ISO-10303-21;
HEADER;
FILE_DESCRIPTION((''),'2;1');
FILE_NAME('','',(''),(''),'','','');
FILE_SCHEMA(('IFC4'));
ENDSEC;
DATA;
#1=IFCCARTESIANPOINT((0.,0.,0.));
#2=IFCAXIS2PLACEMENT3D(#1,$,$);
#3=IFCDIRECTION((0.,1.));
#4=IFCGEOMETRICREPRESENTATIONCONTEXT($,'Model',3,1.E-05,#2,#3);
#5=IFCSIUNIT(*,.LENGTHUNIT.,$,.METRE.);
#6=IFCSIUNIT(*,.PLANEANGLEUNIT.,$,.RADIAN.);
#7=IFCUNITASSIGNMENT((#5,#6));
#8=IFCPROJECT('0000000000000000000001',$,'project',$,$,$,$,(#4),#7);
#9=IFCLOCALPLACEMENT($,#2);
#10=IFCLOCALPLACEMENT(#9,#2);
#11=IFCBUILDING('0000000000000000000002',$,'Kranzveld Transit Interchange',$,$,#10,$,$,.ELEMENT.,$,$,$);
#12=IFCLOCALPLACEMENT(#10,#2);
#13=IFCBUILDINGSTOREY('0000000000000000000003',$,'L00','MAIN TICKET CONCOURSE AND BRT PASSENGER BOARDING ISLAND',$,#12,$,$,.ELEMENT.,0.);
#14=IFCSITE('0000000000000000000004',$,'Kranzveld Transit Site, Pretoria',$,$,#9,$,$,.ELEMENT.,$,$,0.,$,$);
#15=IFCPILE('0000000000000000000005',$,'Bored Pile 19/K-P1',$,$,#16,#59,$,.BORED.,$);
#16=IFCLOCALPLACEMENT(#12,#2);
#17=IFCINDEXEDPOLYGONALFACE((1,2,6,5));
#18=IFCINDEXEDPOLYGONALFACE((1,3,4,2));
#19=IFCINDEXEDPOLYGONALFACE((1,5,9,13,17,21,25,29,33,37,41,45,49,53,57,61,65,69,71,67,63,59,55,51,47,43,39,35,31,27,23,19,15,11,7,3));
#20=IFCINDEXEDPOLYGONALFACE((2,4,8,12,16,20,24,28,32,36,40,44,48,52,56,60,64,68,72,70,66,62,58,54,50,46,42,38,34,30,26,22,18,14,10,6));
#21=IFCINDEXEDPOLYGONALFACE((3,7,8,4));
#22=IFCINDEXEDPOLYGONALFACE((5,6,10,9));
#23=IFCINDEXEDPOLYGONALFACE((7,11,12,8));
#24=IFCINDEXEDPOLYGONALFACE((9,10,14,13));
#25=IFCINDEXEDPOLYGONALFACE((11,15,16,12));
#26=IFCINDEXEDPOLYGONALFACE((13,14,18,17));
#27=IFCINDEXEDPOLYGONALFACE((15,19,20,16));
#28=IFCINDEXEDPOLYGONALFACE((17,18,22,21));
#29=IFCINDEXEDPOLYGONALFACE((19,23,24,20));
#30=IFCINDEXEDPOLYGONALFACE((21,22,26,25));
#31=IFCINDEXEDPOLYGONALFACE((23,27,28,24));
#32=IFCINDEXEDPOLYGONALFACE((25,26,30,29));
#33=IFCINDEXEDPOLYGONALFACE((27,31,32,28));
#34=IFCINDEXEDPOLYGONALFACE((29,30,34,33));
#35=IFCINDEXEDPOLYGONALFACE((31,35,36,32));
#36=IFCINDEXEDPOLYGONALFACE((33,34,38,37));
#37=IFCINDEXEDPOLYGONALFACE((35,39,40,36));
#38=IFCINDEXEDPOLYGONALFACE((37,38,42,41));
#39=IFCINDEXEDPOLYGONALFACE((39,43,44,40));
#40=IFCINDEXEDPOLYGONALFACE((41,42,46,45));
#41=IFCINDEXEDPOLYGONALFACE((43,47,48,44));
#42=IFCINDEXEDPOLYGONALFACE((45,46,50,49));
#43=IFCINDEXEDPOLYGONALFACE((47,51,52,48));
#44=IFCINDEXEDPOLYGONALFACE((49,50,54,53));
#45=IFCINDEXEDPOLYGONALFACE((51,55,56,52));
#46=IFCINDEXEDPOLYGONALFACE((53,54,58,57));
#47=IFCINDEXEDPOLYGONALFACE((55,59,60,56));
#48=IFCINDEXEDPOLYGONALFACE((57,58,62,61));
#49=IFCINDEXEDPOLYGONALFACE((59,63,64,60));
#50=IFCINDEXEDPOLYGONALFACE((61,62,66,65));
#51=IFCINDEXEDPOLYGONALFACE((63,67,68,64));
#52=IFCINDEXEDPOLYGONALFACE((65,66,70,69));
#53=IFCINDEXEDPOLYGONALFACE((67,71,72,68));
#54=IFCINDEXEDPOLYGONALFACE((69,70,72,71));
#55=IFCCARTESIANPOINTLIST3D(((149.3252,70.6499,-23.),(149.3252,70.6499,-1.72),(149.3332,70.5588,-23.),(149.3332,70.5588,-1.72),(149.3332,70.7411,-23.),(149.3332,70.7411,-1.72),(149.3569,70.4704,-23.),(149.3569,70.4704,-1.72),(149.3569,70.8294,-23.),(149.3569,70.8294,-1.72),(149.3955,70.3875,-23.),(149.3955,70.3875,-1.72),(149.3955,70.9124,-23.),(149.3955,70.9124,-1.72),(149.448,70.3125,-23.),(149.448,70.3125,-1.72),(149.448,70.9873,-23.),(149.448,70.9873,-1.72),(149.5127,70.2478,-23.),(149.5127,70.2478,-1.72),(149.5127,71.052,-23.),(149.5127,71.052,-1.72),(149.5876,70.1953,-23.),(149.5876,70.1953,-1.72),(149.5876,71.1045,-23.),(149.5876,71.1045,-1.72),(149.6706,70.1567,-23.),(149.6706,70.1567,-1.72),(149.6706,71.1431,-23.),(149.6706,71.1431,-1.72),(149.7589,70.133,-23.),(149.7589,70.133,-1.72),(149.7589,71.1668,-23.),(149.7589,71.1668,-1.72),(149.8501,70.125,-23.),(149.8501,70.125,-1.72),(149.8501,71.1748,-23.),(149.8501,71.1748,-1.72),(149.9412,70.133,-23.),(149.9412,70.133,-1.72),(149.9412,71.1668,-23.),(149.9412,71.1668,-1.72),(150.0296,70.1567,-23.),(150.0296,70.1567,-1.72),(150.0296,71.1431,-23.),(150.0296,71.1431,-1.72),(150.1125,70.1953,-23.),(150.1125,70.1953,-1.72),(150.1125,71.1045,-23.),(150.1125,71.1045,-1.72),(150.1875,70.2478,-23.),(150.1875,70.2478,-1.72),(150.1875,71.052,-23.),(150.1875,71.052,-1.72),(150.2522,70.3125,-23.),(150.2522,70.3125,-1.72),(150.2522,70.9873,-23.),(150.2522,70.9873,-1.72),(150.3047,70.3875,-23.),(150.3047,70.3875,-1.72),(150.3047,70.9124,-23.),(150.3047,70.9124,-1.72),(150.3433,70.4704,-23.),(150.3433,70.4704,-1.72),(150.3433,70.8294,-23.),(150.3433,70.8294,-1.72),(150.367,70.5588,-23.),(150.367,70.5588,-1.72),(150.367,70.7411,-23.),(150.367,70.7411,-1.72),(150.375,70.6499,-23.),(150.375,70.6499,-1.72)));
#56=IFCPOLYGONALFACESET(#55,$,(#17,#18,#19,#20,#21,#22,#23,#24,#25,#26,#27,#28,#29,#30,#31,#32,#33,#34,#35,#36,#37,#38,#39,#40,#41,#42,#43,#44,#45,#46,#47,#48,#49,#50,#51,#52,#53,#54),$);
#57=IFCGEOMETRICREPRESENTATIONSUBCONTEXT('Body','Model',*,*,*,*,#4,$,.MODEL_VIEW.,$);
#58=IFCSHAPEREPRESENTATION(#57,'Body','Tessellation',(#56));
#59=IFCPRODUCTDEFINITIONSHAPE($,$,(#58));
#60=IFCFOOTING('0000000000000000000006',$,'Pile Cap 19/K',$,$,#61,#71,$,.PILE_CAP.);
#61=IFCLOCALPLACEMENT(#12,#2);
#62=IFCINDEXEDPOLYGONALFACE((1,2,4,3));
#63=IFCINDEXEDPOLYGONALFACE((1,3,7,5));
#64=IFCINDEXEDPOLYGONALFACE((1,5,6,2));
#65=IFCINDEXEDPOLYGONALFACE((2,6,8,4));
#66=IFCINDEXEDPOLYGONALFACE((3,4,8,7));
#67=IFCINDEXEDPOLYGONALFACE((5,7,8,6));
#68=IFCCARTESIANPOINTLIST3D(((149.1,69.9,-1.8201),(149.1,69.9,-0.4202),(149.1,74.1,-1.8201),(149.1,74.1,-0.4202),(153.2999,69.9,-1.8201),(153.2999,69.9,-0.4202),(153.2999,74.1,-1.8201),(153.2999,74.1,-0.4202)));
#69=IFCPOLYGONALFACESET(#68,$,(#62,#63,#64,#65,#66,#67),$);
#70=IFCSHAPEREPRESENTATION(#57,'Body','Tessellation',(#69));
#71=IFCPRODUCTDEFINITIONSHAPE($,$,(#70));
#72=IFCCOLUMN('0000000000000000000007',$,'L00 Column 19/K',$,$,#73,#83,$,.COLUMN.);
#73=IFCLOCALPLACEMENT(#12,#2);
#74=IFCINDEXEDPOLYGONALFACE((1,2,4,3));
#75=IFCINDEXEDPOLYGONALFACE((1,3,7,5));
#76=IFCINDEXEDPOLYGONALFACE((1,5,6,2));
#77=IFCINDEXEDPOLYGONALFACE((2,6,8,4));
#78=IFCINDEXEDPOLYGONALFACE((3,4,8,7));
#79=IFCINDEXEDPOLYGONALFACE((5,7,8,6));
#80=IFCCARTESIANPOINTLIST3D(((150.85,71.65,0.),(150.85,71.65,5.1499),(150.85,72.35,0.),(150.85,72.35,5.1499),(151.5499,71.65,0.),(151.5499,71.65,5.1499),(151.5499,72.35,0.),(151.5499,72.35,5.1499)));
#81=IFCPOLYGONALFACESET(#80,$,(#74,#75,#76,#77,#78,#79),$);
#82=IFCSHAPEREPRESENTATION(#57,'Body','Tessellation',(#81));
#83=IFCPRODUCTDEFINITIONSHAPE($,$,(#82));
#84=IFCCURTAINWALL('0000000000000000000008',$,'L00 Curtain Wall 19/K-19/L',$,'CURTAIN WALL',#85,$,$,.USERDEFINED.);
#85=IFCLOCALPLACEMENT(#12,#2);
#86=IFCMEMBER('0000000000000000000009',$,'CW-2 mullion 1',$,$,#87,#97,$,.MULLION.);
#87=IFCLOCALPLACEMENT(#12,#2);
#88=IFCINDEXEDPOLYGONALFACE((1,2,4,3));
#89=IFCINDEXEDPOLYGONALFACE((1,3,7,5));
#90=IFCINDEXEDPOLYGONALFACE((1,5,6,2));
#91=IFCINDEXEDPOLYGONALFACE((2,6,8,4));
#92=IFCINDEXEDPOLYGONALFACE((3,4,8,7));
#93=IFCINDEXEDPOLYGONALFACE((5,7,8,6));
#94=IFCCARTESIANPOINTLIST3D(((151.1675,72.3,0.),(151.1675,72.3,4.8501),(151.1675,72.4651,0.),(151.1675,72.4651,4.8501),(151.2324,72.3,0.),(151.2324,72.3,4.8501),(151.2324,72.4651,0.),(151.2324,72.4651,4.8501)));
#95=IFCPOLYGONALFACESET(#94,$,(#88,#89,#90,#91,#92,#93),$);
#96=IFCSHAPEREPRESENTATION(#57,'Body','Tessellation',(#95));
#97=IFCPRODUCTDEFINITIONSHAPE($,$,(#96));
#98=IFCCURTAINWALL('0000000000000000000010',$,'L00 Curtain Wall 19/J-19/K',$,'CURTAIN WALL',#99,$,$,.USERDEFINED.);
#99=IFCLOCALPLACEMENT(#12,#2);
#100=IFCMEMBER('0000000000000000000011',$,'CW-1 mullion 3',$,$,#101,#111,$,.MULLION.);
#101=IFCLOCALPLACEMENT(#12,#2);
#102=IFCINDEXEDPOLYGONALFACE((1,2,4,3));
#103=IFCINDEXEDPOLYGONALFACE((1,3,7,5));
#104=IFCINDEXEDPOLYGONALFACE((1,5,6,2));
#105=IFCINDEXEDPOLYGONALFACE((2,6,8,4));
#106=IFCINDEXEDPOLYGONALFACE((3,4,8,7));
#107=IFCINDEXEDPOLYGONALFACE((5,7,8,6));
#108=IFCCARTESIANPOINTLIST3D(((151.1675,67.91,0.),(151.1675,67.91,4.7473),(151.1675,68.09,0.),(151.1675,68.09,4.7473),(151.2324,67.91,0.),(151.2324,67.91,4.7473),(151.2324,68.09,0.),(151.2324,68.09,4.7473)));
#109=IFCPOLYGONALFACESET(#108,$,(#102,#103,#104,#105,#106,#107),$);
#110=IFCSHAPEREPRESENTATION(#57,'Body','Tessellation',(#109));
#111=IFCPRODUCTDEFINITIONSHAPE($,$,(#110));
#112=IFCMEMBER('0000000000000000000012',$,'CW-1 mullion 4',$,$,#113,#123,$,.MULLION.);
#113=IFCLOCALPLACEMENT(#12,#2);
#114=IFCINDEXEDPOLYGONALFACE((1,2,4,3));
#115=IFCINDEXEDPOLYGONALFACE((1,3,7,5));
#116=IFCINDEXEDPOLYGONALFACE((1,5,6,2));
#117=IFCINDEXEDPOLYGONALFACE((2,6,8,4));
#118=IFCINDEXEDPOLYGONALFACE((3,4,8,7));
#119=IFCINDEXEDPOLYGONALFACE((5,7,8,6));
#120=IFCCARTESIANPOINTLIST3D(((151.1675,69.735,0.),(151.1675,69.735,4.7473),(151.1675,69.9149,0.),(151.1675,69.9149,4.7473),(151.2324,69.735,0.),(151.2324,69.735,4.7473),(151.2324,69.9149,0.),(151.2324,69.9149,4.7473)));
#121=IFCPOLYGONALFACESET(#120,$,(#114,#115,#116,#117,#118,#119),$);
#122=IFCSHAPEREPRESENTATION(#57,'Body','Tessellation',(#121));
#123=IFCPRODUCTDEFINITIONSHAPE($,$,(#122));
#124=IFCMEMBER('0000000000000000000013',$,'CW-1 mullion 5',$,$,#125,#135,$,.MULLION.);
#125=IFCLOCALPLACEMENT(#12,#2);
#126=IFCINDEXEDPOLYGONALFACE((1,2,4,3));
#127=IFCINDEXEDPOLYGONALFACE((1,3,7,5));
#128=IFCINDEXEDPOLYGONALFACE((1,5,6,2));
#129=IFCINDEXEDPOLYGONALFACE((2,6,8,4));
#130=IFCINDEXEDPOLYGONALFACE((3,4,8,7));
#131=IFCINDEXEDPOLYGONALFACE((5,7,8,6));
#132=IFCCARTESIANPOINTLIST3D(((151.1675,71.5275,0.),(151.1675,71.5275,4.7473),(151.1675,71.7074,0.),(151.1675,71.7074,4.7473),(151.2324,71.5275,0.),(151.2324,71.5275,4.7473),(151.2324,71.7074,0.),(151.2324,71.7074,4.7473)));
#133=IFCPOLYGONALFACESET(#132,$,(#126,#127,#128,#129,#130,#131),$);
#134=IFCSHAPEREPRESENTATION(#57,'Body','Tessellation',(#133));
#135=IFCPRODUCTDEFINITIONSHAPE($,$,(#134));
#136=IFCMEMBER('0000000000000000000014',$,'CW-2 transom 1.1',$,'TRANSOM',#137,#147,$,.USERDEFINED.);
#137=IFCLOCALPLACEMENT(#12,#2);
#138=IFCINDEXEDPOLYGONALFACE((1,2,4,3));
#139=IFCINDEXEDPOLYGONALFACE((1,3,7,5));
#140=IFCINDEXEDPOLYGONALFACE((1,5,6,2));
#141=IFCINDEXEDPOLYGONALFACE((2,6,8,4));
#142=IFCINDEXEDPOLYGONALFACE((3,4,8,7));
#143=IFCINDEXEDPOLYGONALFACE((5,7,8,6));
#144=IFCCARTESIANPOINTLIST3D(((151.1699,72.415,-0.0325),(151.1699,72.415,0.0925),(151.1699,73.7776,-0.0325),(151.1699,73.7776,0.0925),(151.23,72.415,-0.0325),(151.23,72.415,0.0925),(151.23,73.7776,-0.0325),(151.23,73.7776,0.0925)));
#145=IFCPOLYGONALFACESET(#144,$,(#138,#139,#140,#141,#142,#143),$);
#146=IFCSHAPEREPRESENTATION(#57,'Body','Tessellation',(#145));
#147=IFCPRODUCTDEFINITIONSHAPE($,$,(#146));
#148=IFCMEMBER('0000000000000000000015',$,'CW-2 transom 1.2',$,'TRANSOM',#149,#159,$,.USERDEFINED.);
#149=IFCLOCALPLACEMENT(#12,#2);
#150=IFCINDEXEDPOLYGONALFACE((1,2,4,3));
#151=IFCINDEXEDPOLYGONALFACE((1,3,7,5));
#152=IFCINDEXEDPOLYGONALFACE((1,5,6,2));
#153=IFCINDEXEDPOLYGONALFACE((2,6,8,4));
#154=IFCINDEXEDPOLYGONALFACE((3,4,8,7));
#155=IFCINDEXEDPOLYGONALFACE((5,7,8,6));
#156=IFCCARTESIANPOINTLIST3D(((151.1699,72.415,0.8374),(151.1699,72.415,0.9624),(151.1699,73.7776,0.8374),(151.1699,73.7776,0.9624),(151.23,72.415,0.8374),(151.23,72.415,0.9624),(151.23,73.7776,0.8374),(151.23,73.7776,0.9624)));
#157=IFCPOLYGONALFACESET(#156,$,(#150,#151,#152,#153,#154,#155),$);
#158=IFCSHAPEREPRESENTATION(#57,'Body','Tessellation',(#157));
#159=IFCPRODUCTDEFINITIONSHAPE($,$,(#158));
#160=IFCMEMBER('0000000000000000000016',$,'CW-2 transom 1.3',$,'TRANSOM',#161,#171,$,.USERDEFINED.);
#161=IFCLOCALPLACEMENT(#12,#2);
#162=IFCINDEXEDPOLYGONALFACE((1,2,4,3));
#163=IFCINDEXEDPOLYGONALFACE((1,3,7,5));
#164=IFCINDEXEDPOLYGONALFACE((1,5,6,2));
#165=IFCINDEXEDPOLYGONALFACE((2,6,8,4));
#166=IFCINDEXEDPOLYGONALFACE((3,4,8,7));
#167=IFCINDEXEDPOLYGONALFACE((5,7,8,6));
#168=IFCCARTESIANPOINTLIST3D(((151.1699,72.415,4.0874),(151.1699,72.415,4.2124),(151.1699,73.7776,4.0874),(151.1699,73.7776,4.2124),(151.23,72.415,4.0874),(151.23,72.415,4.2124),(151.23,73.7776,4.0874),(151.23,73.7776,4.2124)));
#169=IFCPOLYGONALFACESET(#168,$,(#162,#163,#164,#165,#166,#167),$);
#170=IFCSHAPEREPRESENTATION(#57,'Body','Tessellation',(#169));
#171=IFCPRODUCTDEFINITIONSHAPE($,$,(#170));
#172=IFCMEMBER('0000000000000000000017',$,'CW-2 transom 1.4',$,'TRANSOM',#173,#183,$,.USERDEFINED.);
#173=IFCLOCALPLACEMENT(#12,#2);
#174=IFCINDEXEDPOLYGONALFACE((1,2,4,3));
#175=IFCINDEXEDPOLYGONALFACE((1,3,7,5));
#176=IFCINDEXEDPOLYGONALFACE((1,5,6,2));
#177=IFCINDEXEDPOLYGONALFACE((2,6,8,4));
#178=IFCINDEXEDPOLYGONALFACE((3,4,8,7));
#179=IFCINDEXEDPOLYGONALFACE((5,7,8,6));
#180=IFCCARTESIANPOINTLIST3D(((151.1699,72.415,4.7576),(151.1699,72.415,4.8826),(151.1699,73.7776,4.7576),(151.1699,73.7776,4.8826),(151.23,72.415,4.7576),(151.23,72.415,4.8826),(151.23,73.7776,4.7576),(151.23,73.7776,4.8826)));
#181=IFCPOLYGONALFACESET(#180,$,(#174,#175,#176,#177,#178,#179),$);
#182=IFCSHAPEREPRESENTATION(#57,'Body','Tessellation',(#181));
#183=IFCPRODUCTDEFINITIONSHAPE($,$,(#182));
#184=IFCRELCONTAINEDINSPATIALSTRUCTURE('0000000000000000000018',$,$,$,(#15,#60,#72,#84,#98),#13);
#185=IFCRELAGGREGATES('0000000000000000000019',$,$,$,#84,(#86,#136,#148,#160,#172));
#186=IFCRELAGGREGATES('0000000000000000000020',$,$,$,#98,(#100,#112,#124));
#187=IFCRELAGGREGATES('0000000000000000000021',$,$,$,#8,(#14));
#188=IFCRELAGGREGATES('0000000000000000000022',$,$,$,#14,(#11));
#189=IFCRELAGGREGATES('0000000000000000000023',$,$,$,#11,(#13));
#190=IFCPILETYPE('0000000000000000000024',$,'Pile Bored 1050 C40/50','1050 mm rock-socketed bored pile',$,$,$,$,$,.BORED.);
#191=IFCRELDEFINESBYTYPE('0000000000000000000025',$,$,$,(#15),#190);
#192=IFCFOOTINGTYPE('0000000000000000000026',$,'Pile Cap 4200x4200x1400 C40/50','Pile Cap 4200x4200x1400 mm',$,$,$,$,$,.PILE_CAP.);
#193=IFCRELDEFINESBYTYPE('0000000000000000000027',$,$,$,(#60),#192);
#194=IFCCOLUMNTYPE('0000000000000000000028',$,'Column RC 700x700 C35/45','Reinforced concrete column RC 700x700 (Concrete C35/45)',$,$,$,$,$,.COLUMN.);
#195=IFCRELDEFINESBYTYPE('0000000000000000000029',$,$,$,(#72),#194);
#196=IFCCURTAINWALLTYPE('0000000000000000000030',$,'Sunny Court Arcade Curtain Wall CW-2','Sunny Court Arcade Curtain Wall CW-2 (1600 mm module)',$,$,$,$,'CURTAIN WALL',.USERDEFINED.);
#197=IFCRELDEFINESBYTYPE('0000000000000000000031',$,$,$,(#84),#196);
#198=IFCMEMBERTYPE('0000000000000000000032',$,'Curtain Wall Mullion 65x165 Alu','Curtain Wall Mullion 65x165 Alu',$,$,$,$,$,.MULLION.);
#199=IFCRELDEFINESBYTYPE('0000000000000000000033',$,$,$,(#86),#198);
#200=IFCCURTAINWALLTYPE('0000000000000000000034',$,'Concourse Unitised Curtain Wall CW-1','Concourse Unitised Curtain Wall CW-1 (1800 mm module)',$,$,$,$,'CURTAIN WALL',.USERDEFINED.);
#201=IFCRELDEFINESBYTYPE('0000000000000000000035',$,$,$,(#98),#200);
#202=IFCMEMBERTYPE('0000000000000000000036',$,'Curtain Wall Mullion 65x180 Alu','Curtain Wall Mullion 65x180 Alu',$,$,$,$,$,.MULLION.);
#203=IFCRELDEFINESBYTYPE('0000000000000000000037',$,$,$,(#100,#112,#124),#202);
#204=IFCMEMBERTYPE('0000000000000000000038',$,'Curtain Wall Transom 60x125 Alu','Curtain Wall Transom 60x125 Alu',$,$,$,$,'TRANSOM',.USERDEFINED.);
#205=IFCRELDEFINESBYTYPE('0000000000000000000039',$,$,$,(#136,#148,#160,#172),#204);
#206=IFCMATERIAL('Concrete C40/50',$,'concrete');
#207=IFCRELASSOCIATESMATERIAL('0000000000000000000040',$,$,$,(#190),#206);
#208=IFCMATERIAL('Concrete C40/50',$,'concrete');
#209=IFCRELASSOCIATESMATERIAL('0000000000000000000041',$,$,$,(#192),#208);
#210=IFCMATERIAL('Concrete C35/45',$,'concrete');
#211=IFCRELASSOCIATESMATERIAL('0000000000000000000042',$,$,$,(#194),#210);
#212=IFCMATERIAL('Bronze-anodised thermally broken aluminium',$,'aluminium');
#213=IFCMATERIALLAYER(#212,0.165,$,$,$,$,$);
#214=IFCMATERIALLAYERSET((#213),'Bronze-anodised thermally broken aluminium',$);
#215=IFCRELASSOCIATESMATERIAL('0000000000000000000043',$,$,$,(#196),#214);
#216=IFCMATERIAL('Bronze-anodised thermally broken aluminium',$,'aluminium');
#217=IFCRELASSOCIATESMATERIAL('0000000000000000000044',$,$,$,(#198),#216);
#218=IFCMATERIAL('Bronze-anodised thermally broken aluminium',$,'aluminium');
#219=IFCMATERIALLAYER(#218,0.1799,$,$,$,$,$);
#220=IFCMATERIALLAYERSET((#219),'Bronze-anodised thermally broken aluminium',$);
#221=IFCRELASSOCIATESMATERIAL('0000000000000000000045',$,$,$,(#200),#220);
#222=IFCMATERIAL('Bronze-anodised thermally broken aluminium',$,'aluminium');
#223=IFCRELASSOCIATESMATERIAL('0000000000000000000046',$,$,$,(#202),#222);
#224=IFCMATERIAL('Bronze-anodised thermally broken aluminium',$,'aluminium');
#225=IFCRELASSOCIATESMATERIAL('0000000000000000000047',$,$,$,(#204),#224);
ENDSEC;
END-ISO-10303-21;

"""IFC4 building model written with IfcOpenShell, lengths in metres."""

from ifc_helpers import new_model, si_unit, direction, frame, origin, origin_2d, place, context, subcontext, project, spatial, rectangle, circle, extrude, material, layer, layer_set, material_profile, profile_set, type_object, element, aggregate, save


model = new_model("IFC4")

# Units and contexts
model_context = context("Model", 3, precision=1e-05, world=origin(), true_north=direction((0.0, 1.0)))
body_context = subcontext(model_context, "Body", "Model", "MODEL_VIEW")
ifc_project = project(units=[si_unit("LENGTHUNIT", "METRE"), si_unit("PLANEANGLEUNIT", "RADIAN")], contexts=[model_context])

# Site, building, storey
site_placement = place(None, origin())
site = spatial("IfcSite", under=ifc_project, at=site_placement, Name="Kranzveld Transit Site, Pretoria", CompositionType="ELEMENT", RefElevation=0.0)
building_placement = place(site_placement, origin())
building = spatial("IfcBuilding", under=site, at=building_placement, Name="Kranzveld Transit Interchange", CompositionType="ELEMENT")
storey_placement = place(building_placement, origin())
storey = spatial("IfcBuildingStorey", under=building, at=storey_placement, Name="L00", Description="MAIN TICKET CONCOURSE AND BRT PASSENGER BOARDING ISLAND", CompositionType="ELEMENT", Elevation=0.0)

# Pile
ifc_material_1 = material(Name="Concrete C40/50", Category="concrete")
ifc_material_profile_1 = material_profile(ifc_material_1, circle(Radius=0.5249, at=origin_2d()), Name="BORED PILE 1050")
ifc_profile_set_1 = profile_set([ifc_material_profile_1], Name="Concrete C40/50")
pile_type = type_object("IfcPileType", Name="Pile Bored 1050 C40/50", Description="1050 mm rock-socketed bored pile", PredefinedType="BORED", material=ifc_profile_set_1)
pile_placement = place(storey_placement, frame((149.8501, 70.6499, -1.72), z_axis=(0.0, 0.0, -1.0), x_axis=(1.0, 0.0, 0.0)))
element("IfcPile", 1, at=pile_placement, inside=storey, type_object=pile_type, Name="Bored Pile 19/K-P1", PredefinedType="BORED", context=body_context, shape_type="SweptSolid", body=[
    extrude(circle(Radius=0.5249, at=origin_2d()), origin(), (0.0, 0.0, 1.0), 21.28),
])

# Footing
ifc_material_2 = material(Name="Concrete C40/50", Category="concrete")
footing_type = type_object("IfcFootingType", Name="Pile Cap 4200x4200x1400 C40/50", Description="Pile Cap 4200x4200x1400 mm", PredefinedType="PILE_CAP", material=ifc_material_2)
footing_placement = place(storey_placement, frame((151.2, 72.0, -1.8201), z_axis=(0.0, 0.0, 1.0), x_axis=(1.0, 0.0, 0.0)))
element("IfcFooting", 2, at=footing_placement, inside=storey, type_object=footing_type, Name="Pile Cap 19/K", PredefinedType="PILE_CAP", context=body_context, shape_type="SweptSolid", body=[
    extrude(rectangle(XDim=4.2, YDim=4.2, at=origin_2d()), origin(), (0.0, 0.0, 1.0), 1.3999),
])

# Column
ifc_material_3 = material(Name="Concrete C35/45", Category="concrete")
ifc_material_profile_2 = material_profile(ifc_material_3, rectangle(XDim=0.7, YDim=0.7, at=origin_2d()), Name="RC 700x700")
ifc_profile_set_2 = profile_set([ifc_material_profile_2], Name="Concrete C35/45")
column_type = type_object("IfcColumnType", Name="Column RC 700x700 C35/45", Description="Reinforced concrete column RC 700x700 (Concrete C35/45)", PredefinedType="COLUMN", material=ifc_profile_set_2)
column_placement = place(storey_placement, frame((151.2, 72.0, 0.0), z_axis=(0.0, 0.0, 1.0), x_axis=(1.0, 0.0, 0.0)))
element("IfcColumn", 3, at=column_placement, inside=storey, type_object=column_type, Name="L00 Column 19/K", PredefinedType="COLUMN", context=body_context, shape_type="SweptSolid", body=[
    extrude(rectangle(XDim=0.7, YDim=0.7, at=origin_2d()), origin(), (0.0, 0.0, 1.0), 5.1499),
])

# Curtain wall, member
ifc_material_4 = material(Name="Bronze-anodised thermally broken aluminium", Category="aluminium")
ifc_layer_1 = layer(ifc_material_4, 0.165)
ifc_layer_set_1 = layer_set([ifc_layer_1], Name="Bronze-anodised thermally broken aluminium")
curtain_wall_type_1 = type_object("IfcCurtainWallType", Name="Sunny Court Arcade Curtain Wall CW-2", Description="Sunny Court Arcade Curtain Wall CW-2 (1600 mm module)", ElementType="CURTAIN WALL", PredefinedType="USERDEFINED", material=ifc_layer_set_1)
curtain_wall_1_placement = place(storey_placement, origin())
curtain_wall_1 = element("IfcCurtainWall", 4, at=curtain_wall_1_placement, inside=storey, type_object=curtain_wall_type_1, Name="L00 Curtain Wall 19/K-19/L", ObjectType="CURTAIN WALL", PredefinedType="USERDEFINED")
ifc_material_5 = material(Name="Bronze-anodised thermally broken aluminium", Category="aluminium")
ifc_material_profile_3 = material_profile(ifc_material_5, rectangle(XDim=0.0649, YDim=0.165, at=origin_2d()), Name="ALU MULLION 65x165")
ifc_profile_set_3 = profile_set([ifc_material_profile_3], Name="Bronze-anodised thermally broken aluminium")
member_type_1 = type_object("IfcMemberType", Name="Curtain Wall Mullion 65x165 Alu", Description="Curtain Wall Mullion 65x165 Alu", PredefinedType="MULLION", material=ifc_profile_set_3)
member_1_placement = place(storey_placement, frame((151.2, 72.3826, 0.0), z_axis=(0.0, 0.0, 1.0), x_axis=(-1.0, 0.0, 0.0)))
member_1 = element("IfcMember", 5, at=member_1_placement, type_object=member_type_1, Name="CW-2 mullion 1", PredefinedType="MULLION", context=body_context, shape_type="SweptSolid", body=[
    extrude(rectangle(XDim=0.0649, YDim=0.165, at=origin_2d()), origin(), (0.0, 0.0, 1.0), 4.8501),
])

# Curtain wall, members
ifc_material_6 = material(Name="Bronze-anodised thermally broken aluminium", Category="aluminium")
ifc_layer_2 = layer(ifc_material_6, 0.1799)
ifc_layer_set_2 = layer_set([ifc_layer_2], Name="Bronze-anodised thermally broken aluminium")
curtain_wall_type_2 = type_object("IfcCurtainWallType", Name="Concourse Unitised Curtain Wall CW-1", Description="Concourse Unitised Curtain Wall CW-1 (1800 mm module)", ElementType="CURTAIN WALL", PredefinedType="USERDEFINED", material=ifc_layer_set_2)
curtain_wall_2_placement = place(storey_placement, origin())
curtain_wall_2 = element("IfcCurtainWall", 6, at=curtain_wall_2_placement, inside=storey, type_object=curtain_wall_type_2, Name="L00 Curtain Wall 19/J-19/K", ObjectType="CURTAIN WALL", PredefinedType="USERDEFINED")
ifc_material_7 = material(Name="Bronze-anodised thermally broken aluminium", Category="aluminium")
ifc_material_profile_4 = material_profile(ifc_material_7, rectangle(XDim=0.0649, YDim=0.1799, at=origin_2d()), Name="ALU MULLION 65x180")
ifc_profile_set_4 = profile_set([ifc_material_profile_4], Name="Bronze-anodised thermally broken aluminium")
member_type_2 = type_object("IfcMemberType", Name="Curtain Wall Mullion 65x180 Alu", Description="Curtain Wall Mullion 65x180 Alu", PredefinedType="MULLION", material=ifc_profile_set_4)
member_2_placement = place(storey_placement, frame((151.2, 68.0, 0.0), z_axis=(0.0, 0.0, 1.0), x_axis=(-1.0, 0.0, 0.0)))
member_2 = element("IfcMember", 7, at=member_2_placement, type_object=member_type_2, Name="CW-1 mullion 3", PredefinedType="MULLION", context=body_context, shape_type="SweptSolid", body=[
    extrude(rectangle(XDim=0.0649, YDim=0.1799, at=origin_2d()), origin(), (0.0, 0.0, 1.0), 4.7473),
])
member_3_placement = place(storey_placement, frame((151.2, 69.825, 0.0), z_axis=(0.0, 0.0, 1.0), x_axis=(-1.0, 0.0, 0.0)))
member_3 = element("IfcMember", 8, at=member_3_placement, type_object=member_type_2, Name="CW-1 mullion 4", PredefinedType="MULLION", context=body_context, shape_type="SweptSolid", body=[
    extrude(rectangle(XDim=0.0649, YDim=0.1799, at=origin_2d()), origin(), (0.0, 0.0, 1.0), 4.7473),
])
member_4_placement = place(storey_placement, frame((151.2, 71.6174, 0.0), z_axis=(0.0, 0.0, 1.0), x_axis=(-1.0, 0.0, 0.0)))
member_4 = element("IfcMember", 9, at=member_4_placement, type_object=member_type_2, Name="CW-1 mullion 5", PredefinedType="MULLION", context=body_context, shape_type="SweptSolid", body=[
    extrude(rectangle(XDim=0.0649, YDim=0.1799, at=origin_2d()), origin(), (0.0, 0.0, 1.0), 4.7473),
])

# Members
ifc_material_8 = material(Name="Bronze-anodised thermally broken aluminium", Category="aluminium")
ifc_material_profile_5 = material_profile(ifc_material_8, rectangle(XDim=0.0601, YDim=0.125, at=origin_2d()), Name="ALU TRANSOM 60x125")
ifc_profile_set_5 = profile_set([ifc_material_profile_5], Name="Bronze-anodised thermally broken aluminium")
member_type_3 = type_object("IfcMemberType", Name="Curtain Wall Transom 60x125 Alu", Description="Curtain Wall Transom 60x125 Alu", ElementType="TRANSOM", PredefinedType="USERDEFINED", material=ifc_profile_set_5)
member_5_placement = place(storey_placement, frame((151.2, 72.415, 0.03), z_axis=(0.0, 1.0, 0.0), x_axis=(-1.0, 0.0, 0.0)))
member_5 = element("IfcMember", 10, at=member_5_placement, type_object=member_type_3, Name="CW-2 transom 1.1", ObjectType="TRANSOM", PredefinedType="USERDEFINED", context=body_context, shape_type="SweptSolid", body=[
    extrude(rectangle(XDim=0.0601, YDim=0.125, at=origin_2d()), origin(), (0.0, 0.0, 1.0), 1.3625),
])
member_6_placement = place(storey_placement, frame((151.2, 72.415, 0.8999), z_axis=(0.0, 1.0, 0.0), x_axis=(-1.0, 0.0, 0.0)))
member_6 = element("IfcMember", 11, at=member_6_placement, type_object=member_type_3, Name="CW-2 transom 1.2", ObjectType="TRANSOM", PredefinedType="USERDEFINED", context=body_context, shape_type="SweptSolid", body=[
    extrude(rectangle(XDim=0.0601, YDim=0.125, at=origin_2d()), origin(), (0.0, 0.0, 1.0), 1.3625),
])
member_7_placement = place(storey_placement, frame((151.2, 72.415, 4.1499), z_axis=(0.0, 1.0, 0.0), x_axis=(-1.0, 0.0, 0.0)))
member_7 = element("IfcMember", 12, at=member_7_placement, type_object=member_type_3, Name="CW-2 transom 1.3", ObjectType="TRANSOM", PredefinedType="USERDEFINED", context=body_context, shape_type="SweptSolid", body=[
    extrude(rectangle(XDim=0.0601, YDim=0.125, at=origin_2d()), origin(), (0.0, 0.0, 1.0), 1.3625),
])
member_8_placement = place(storey_placement, frame((151.2, 72.415, 4.8201), z_axis=(0.0, 1.0, 0.0), x_axis=(-1.0, 0.0, 0.0)))
member_8 = element("IfcMember", 13, at=member_8_placement, type_object=member_type_3, Name="CW-2 transom 1.4", ObjectType="TRANSOM", PredefinedType="USERDEFINED", context=body_context, shape_type="SweptSolid", body=[
    extrude(rectangle(XDim=0.0601, YDim=0.125, at=origin_2d()), origin(), (0.0, 0.0, 1.0), 1.3625),
])

aggregate(curtain_wall_1, [member_1, member_5, member_6, member_7, member_8])
aggregate(curtain_wall_2, [member_2, member_3, member_4])

save(model, "model.ifc")
